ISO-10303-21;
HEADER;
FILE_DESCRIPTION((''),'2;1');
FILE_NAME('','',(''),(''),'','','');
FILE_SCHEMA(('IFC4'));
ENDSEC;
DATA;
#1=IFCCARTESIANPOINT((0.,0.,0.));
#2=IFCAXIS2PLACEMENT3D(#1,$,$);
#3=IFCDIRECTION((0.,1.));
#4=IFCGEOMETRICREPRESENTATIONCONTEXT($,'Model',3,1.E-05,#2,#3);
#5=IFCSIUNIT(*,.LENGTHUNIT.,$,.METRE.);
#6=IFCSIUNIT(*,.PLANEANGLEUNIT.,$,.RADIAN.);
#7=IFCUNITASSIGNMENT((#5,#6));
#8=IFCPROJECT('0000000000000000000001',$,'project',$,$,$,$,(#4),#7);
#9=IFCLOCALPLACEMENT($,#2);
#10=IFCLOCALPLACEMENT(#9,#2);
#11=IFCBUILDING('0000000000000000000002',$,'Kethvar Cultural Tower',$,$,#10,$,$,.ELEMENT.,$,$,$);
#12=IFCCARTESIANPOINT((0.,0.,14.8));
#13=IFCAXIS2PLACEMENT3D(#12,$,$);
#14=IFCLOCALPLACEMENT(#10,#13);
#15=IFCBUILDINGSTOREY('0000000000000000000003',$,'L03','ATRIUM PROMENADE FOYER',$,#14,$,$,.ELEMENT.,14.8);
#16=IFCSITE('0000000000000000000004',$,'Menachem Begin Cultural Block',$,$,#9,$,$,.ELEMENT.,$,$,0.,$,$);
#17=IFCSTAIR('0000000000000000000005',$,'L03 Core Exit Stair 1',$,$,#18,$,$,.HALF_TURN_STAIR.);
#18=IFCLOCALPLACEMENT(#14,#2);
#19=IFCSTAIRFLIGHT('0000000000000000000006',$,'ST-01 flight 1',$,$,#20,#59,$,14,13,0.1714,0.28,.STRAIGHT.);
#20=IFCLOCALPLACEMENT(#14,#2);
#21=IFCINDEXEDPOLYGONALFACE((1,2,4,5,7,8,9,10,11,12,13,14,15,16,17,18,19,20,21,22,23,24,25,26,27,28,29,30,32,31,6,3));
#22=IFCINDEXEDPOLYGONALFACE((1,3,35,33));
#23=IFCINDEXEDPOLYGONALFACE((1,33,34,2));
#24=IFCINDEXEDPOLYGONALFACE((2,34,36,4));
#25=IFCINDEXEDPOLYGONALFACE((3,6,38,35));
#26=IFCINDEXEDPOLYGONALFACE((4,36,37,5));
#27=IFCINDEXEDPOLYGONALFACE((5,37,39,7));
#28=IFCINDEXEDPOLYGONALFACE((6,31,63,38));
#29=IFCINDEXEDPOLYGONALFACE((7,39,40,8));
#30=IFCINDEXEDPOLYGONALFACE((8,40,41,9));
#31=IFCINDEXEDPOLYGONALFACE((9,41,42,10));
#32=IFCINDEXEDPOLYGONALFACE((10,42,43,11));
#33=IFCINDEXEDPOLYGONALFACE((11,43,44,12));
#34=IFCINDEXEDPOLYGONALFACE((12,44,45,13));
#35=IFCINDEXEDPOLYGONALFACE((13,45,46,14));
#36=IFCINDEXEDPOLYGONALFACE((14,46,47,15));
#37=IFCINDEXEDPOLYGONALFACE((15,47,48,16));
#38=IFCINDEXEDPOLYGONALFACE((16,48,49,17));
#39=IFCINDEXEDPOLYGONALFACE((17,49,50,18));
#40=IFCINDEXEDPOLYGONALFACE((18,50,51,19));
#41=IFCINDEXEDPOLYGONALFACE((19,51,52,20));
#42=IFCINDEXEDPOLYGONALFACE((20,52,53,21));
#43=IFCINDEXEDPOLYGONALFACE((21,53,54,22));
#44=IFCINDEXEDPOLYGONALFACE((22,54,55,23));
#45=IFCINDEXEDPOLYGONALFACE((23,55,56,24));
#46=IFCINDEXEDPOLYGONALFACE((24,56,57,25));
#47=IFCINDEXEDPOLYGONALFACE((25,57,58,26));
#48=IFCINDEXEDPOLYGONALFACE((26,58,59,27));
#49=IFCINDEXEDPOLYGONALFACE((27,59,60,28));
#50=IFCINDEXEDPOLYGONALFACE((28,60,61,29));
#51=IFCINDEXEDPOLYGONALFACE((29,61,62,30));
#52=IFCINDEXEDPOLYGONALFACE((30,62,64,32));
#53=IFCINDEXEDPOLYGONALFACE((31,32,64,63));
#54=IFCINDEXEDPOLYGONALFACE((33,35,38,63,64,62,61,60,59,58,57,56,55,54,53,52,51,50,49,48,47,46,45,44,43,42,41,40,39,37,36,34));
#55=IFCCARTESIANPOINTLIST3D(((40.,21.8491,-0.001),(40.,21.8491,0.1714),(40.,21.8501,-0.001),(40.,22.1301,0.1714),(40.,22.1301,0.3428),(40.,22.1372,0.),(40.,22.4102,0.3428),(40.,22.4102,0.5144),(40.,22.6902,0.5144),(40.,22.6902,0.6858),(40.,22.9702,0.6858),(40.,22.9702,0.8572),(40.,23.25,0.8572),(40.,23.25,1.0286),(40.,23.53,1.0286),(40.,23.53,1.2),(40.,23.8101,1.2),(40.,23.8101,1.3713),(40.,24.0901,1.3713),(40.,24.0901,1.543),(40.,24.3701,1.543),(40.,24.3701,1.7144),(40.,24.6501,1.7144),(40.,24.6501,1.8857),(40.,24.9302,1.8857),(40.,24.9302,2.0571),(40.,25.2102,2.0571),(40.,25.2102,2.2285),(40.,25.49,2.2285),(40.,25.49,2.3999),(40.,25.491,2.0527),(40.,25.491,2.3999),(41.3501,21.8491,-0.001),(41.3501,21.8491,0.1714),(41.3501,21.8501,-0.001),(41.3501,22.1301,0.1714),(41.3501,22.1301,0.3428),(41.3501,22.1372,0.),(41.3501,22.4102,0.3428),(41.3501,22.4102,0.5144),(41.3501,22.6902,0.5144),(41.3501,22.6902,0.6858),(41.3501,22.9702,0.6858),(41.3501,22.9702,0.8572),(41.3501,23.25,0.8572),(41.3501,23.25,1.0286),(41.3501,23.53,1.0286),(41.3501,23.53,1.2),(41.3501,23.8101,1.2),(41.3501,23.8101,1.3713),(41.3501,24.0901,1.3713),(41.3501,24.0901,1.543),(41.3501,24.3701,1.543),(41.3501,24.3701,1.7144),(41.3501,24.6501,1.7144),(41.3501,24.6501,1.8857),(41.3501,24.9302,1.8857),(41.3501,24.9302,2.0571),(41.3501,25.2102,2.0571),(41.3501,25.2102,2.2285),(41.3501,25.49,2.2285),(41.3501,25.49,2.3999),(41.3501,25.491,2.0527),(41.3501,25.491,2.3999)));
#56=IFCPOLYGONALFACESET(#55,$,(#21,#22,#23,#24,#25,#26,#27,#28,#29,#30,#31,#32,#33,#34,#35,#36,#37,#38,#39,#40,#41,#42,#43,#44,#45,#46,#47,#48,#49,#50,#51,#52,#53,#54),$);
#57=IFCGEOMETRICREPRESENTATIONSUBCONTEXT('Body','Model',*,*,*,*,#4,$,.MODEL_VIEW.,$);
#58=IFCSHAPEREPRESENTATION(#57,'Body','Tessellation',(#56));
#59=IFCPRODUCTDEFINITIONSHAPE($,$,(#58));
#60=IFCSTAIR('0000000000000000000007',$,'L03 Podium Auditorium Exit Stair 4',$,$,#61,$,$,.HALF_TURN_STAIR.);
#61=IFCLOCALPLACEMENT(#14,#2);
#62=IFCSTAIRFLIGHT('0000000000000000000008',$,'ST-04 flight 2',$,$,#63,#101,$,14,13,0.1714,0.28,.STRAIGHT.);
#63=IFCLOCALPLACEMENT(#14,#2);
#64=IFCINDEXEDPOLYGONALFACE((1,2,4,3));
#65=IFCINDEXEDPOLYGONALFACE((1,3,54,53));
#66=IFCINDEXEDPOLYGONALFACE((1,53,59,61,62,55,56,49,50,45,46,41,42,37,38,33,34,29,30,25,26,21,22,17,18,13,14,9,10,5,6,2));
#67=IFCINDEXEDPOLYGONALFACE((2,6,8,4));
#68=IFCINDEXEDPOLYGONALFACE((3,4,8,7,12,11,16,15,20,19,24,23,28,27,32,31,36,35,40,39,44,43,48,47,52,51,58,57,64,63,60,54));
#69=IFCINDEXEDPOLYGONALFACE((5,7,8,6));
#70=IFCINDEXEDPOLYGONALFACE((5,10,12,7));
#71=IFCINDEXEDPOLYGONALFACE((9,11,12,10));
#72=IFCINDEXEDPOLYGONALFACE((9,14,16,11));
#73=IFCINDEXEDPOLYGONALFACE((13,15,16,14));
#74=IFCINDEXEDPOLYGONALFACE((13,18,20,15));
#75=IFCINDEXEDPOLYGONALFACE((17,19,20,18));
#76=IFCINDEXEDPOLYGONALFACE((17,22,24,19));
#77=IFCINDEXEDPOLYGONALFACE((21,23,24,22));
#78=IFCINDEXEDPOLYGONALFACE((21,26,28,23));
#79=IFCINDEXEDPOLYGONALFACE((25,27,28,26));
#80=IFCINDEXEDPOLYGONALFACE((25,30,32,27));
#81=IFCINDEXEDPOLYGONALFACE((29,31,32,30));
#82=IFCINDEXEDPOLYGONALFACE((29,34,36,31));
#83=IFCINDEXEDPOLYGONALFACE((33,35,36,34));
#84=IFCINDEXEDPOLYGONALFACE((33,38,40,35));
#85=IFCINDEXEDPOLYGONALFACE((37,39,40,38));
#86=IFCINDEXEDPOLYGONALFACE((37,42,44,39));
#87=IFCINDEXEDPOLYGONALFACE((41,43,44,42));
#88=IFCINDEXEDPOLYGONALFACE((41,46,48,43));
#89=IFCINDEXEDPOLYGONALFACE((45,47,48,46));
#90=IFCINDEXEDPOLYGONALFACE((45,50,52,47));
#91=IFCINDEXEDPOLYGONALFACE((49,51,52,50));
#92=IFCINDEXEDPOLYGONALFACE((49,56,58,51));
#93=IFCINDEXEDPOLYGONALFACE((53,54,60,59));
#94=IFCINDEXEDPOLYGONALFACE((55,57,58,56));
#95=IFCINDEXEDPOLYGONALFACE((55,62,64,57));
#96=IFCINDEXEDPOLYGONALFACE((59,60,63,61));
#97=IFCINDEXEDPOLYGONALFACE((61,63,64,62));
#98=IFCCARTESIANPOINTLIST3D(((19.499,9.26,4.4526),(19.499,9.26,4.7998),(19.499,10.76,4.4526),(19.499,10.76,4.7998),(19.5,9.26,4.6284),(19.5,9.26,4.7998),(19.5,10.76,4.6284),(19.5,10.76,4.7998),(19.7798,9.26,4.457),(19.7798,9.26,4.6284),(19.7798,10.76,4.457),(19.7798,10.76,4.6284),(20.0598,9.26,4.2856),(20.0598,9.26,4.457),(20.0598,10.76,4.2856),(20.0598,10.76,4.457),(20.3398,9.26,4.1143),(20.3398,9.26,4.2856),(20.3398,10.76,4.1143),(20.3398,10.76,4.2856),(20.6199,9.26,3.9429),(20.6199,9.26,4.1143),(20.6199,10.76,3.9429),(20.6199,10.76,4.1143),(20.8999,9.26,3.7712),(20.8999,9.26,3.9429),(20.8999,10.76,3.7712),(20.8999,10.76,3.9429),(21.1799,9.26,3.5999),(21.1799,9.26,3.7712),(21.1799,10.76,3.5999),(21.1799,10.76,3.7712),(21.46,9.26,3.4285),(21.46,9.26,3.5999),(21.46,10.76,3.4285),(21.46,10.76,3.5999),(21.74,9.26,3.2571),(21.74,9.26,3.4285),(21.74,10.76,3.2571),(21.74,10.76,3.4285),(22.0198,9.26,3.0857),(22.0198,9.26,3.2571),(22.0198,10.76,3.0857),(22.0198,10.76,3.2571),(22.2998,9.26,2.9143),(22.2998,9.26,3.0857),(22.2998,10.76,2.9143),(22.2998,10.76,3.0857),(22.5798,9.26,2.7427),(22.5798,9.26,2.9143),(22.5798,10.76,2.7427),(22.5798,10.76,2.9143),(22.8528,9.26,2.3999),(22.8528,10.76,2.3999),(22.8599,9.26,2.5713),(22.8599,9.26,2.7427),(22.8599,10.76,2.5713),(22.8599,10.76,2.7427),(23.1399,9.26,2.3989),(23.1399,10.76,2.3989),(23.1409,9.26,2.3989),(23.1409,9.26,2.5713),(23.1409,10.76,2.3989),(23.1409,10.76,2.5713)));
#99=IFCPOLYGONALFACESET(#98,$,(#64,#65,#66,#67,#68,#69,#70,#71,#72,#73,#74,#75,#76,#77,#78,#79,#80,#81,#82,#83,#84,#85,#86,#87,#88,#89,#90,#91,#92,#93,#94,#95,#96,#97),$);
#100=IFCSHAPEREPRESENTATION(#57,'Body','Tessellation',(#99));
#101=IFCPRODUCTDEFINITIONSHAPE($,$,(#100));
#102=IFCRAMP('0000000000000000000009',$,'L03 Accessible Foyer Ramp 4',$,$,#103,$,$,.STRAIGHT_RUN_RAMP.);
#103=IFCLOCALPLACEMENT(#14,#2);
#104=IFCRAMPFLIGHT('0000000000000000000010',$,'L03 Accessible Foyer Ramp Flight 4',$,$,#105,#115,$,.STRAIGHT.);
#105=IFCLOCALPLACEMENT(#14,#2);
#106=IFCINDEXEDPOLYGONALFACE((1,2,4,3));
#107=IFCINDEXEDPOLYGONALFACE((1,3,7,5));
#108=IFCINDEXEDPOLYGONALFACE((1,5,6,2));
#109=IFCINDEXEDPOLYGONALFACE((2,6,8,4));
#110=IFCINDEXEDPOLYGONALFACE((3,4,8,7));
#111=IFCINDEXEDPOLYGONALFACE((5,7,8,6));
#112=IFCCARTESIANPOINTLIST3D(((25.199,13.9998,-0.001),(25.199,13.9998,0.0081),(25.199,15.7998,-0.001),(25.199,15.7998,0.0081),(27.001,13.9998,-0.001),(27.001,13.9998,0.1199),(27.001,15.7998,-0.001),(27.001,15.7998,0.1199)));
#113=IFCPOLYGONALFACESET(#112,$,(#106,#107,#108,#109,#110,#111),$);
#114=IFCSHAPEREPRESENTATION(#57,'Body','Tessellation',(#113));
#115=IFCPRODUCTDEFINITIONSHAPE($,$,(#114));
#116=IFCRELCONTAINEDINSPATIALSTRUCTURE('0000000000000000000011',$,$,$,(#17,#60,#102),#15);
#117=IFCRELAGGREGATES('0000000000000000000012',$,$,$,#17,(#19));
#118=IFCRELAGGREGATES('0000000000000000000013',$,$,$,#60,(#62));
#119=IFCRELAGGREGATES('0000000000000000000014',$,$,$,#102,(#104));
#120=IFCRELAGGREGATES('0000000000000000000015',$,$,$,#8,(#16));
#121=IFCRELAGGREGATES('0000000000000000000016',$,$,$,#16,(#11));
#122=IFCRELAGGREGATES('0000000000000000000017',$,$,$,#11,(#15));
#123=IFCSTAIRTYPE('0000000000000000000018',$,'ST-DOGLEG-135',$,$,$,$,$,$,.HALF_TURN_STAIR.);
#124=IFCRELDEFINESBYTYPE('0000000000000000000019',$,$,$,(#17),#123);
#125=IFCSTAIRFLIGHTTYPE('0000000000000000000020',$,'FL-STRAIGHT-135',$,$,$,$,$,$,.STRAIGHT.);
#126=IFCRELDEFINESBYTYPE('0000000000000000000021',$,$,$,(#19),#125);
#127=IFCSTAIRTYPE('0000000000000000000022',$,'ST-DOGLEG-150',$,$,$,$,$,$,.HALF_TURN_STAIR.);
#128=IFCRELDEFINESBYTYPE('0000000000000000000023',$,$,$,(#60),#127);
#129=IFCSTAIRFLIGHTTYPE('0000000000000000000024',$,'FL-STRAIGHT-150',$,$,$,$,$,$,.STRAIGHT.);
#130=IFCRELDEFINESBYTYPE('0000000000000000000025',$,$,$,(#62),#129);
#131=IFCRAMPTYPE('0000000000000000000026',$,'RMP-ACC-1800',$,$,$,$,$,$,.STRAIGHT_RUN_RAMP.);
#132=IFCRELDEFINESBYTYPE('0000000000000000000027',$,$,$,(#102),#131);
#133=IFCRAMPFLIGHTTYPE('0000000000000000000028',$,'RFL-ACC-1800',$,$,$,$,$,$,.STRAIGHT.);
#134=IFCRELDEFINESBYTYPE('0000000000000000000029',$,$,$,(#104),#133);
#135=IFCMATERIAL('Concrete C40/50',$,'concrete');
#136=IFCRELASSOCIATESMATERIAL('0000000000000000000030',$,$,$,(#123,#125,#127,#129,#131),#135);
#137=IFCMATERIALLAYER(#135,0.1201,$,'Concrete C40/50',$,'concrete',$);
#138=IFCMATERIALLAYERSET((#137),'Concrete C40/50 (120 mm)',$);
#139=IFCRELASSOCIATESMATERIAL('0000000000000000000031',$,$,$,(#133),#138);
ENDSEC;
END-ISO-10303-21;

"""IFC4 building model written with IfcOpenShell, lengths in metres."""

from ifc_helpers import new_model, si_unit, direction, frame, origin, place, context, subcontext, project, spatial, polyline, outline, extrude, material, layer, layer_set, type_object, element, aggregate, save


model = new_model("IFC4")

# Units and contexts
model_context = context("Model", 3, precision=1e-05, world=origin(), true_north=direction((0.0, 1.0)))
body_context = subcontext(model_context, "Body", "Model", "MODEL_VIEW")
ifc_project = project(units=[si_unit("LENGTHUNIT", "METRE"), si_unit("PLANEANGLEUNIT", "RADIAN")], contexts=[model_context])

# Site, building, storey
site_placement = place(None, origin())
site = spatial("IfcSite", under=ifc_project, at=site_placement, Name="Menachem Begin Cultural Block", CompositionType="ELEMENT", RefElevation=0.0)
building_placement = place(site_placement, origin())
building = spatial("IfcBuilding", under=site, at=building_placement, Name="Kethvar Cultural Tower", CompositionType="ELEMENT")
storey_placement = place(building_placement, frame((0.0, 0.0, 14.8)))
storey = spatial("IfcBuildingStorey", under=building, at=storey_placement, Name="L03", Description="ATRIUM PROMENADE FOYER", CompositionType="ELEMENT", Elevation=14.8)

# Stairs, stair flights
ifc_material_1 = material(Name="Concrete C40/50", Category="concrete")
stair_type_1 = type_object("IfcStairType", Name="ST-DOGLEG-135", PredefinedType="HALF_TURN_STAIR", material=ifc_material_1)
stair_1_placement = place(storey_placement, origin())
stair_1 = element("IfcStair", 1, at=stair_1_placement, inside=storey, type_object=stair_type_1, Name="L03 Core Exit Stair 1", PredefinedType="HALF_TURN_STAIR")
stair_flight_type_1 = type_object("IfcStairFlightType", Name="FL-STRAIGHT-135", PredefinedType="STRAIGHT", material=ifc_material_1)
stair_flight_1_placement = place(storey_placement, frame((40.675, 21.8501, 0.0), z_axis=(0.0, 0.0, 1.0), x_axis=(0.0, 1.0, 0.0)))
stair_flight_1 = element("IfcStairFlight", 2, at=stair_flight_1_placement, type_object=stair_flight_type_1, Name="ST-01 flight 1", NumberOfRisers=14, NumberOfTreads=13, PredefinedType="STRAIGHT", RiserHeight=0.1714, TreadLength=0.28, context=body_context, shape_type="SweptSolid", body=[
    extrude(outline(polyline([(-0.001, -0.001), (-0.001, 0.1714), (0.28, 0.1714), (0.28, 0.3428), (0.5601, 0.3428), (0.5601, 0.5144), (0.8401, 0.5144), (0.8401, 0.6858), (1.1201, 0.6858), (1.1201, 0.8572), (1.3999, 0.8572), (1.3999, 1.0286), (1.6799, 1.0286), (1.6799, 1.2), (1.96, 1.2), (1.96, 1.3713), (2.24, 1.3713), (2.24, 1.543), (2.52, 1.543), (2.52, 1.7144), (2.8, 1.7144), (2.8, 1.8857), (3.0801, 1.8857), (3.0801, 2.0571), (3.3601, 2.0571), (3.3601, 2.2285), (3.6399, 2.2285), (3.6399, 2.3999), (3.6409, 2.3999), (3.6409, 2.0527), (0.2871, 0.0), (0.0, -0.001), (-0.001, -0.001)])), frame((0.0, 0.675, 0.0), z_axis=(0.0, -1.0, 0.0), x_axis=(1.0, 0.0, 0.0)), (0.0, 0.0, 1.0), 1.3501),
])
aggregate(stair_1, [stair_flight_1])
stair_type_2 = type_object("IfcStairType", Name="ST-DOGLEG-150", PredefinedType="HALF_TURN_STAIR", material=ifc_material_1)
stair_2_placement = place(storey_placement, origin())
stair_2 = element("IfcStair", 3, at=stair_2_placement, inside=storey, type_object=stair_type_2, Name="L03 Podium Auditorium Exit Stair 4", PredefinedType="HALF_TURN_STAIR")
stair_flight_type_2 = type_object("IfcStairFlightType", Name="FL-STRAIGHT-150", PredefinedType="STRAIGHT", material=ifc_material_1)
stair_flight_2_placement = place(storey_placement, frame((23.1399, 10.01, 2.3999), z_axis=(0.0, 0.0, 1.0), x_axis=(-1.0, 0.0, 0.0)))
stair_flight_2 = element("IfcStairFlight", 4, at=stair_flight_2_placement, type_object=stair_flight_type_2, Name="ST-04 flight 2", NumberOfRisers=14, NumberOfTreads=13, PredefinedType="STRAIGHT", RiserHeight=0.1714, TreadLength=0.28, context=body_context, shape_type="SweptSolid", body=[
    extrude(outline(polyline([(-0.001, -0.001), (-0.001, 0.1714), (0.28, 0.1714), (0.28, 0.3428), (0.5601, 0.3428), (0.5601, 0.5144), (0.8401, 0.5144), (0.8401, 0.6858), (1.1201, 0.6858), (1.1201, 0.8572), (1.3999, 0.8572), (1.3999, 1.0286), (1.6799, 1.0286), (1.6799, 1.2), (1.96, 1.2), (1.96, 1.3713), (2.24, 1.3713), (2.24, 1.543), (2.52, 1.543), (2.52, 1.7144), (2.8, 1.7144), (2.8, 1.8857), (3.0801, 1.8857), (3.0801, 2.0571), (3.3601, 2.0571), (3.3601, 2.2285), (3.6399, 2.2285), (3.6399, 2.3999), (3.6409, 2.3999), (3.6409, 2.0527), (0.2871, 0.0), (0.0, -0.001), (-0.001, -0.001)])), frame((0.0, 0.75, 0.0), z_axis=(0.0, -1.0, 0.0), x_axis=(1.0, 0.0, 0.0)), (0.0, 0.0, 1.0), 1.5),
])
aggregate(stair_2, [stair_flight_2])

# Ramp, ramp flight
ramp_type = type_object("IfcRampType", Name="RMP-ACC-1800", PredefinedType="STRAIGHT_RUN_RAMP", material=ifc_material_1)
ramp_placement = place(storey_placement, origin())
ramp = element("IfcRamp", 5, at=ramp_placement, inside=storey, type_object=ramp_type, Name="L03 Accessible Foyer Ramp 4", PredefinedType="STRAIGHT_RUN_RAMP")
ifc_layer_1 = layer(ifc_material_1, 0.1201, Name="Concrete C40/50", Category="concrete")
ifc_layer_set_1 = layer_set([ifc_layer_1], Name="Concrete C40/50 (120 mm)")
ramp_flight_type = type_object("IfcRampFlightType", Name="RFL-ACC-1800", PredefinedType="STRAIGHT", material=ifc_layer_set_1)
ramp_flight_placement = place(storey_placement, frame((25.2, 14.8999, 0.0), z_axis=(0.0, 0.0, 1.0), x_axis=(1.0, 0.0, 0.0)))
ramp_flight = element("IfcRampFlight", 6, at=ramp_flight_placement, type_object=ramp_flight_type, Name="L03 Accessible Foyer Ramp Flight 4", PredefinedType="STRAIGHT", context=body_context, shape_type="SweptSolid", body=[
    extrude(outline(polyline([(-0.001, -0.001), (1.801, -0.001), (1.801, 0.1199), (-0.001, 0.0081), (-0.001, -0.001)])), frame((0.0, 0.8999, 0.0), z_axis=(0.0, -1.0, 0.0), x_axis=(1.0, 0.0, 0.0)), (0.0, 0.0, 1.0), 1.8),
])
aggregate(ramp, [ramp_flight])

save(model, "model.ifc")
